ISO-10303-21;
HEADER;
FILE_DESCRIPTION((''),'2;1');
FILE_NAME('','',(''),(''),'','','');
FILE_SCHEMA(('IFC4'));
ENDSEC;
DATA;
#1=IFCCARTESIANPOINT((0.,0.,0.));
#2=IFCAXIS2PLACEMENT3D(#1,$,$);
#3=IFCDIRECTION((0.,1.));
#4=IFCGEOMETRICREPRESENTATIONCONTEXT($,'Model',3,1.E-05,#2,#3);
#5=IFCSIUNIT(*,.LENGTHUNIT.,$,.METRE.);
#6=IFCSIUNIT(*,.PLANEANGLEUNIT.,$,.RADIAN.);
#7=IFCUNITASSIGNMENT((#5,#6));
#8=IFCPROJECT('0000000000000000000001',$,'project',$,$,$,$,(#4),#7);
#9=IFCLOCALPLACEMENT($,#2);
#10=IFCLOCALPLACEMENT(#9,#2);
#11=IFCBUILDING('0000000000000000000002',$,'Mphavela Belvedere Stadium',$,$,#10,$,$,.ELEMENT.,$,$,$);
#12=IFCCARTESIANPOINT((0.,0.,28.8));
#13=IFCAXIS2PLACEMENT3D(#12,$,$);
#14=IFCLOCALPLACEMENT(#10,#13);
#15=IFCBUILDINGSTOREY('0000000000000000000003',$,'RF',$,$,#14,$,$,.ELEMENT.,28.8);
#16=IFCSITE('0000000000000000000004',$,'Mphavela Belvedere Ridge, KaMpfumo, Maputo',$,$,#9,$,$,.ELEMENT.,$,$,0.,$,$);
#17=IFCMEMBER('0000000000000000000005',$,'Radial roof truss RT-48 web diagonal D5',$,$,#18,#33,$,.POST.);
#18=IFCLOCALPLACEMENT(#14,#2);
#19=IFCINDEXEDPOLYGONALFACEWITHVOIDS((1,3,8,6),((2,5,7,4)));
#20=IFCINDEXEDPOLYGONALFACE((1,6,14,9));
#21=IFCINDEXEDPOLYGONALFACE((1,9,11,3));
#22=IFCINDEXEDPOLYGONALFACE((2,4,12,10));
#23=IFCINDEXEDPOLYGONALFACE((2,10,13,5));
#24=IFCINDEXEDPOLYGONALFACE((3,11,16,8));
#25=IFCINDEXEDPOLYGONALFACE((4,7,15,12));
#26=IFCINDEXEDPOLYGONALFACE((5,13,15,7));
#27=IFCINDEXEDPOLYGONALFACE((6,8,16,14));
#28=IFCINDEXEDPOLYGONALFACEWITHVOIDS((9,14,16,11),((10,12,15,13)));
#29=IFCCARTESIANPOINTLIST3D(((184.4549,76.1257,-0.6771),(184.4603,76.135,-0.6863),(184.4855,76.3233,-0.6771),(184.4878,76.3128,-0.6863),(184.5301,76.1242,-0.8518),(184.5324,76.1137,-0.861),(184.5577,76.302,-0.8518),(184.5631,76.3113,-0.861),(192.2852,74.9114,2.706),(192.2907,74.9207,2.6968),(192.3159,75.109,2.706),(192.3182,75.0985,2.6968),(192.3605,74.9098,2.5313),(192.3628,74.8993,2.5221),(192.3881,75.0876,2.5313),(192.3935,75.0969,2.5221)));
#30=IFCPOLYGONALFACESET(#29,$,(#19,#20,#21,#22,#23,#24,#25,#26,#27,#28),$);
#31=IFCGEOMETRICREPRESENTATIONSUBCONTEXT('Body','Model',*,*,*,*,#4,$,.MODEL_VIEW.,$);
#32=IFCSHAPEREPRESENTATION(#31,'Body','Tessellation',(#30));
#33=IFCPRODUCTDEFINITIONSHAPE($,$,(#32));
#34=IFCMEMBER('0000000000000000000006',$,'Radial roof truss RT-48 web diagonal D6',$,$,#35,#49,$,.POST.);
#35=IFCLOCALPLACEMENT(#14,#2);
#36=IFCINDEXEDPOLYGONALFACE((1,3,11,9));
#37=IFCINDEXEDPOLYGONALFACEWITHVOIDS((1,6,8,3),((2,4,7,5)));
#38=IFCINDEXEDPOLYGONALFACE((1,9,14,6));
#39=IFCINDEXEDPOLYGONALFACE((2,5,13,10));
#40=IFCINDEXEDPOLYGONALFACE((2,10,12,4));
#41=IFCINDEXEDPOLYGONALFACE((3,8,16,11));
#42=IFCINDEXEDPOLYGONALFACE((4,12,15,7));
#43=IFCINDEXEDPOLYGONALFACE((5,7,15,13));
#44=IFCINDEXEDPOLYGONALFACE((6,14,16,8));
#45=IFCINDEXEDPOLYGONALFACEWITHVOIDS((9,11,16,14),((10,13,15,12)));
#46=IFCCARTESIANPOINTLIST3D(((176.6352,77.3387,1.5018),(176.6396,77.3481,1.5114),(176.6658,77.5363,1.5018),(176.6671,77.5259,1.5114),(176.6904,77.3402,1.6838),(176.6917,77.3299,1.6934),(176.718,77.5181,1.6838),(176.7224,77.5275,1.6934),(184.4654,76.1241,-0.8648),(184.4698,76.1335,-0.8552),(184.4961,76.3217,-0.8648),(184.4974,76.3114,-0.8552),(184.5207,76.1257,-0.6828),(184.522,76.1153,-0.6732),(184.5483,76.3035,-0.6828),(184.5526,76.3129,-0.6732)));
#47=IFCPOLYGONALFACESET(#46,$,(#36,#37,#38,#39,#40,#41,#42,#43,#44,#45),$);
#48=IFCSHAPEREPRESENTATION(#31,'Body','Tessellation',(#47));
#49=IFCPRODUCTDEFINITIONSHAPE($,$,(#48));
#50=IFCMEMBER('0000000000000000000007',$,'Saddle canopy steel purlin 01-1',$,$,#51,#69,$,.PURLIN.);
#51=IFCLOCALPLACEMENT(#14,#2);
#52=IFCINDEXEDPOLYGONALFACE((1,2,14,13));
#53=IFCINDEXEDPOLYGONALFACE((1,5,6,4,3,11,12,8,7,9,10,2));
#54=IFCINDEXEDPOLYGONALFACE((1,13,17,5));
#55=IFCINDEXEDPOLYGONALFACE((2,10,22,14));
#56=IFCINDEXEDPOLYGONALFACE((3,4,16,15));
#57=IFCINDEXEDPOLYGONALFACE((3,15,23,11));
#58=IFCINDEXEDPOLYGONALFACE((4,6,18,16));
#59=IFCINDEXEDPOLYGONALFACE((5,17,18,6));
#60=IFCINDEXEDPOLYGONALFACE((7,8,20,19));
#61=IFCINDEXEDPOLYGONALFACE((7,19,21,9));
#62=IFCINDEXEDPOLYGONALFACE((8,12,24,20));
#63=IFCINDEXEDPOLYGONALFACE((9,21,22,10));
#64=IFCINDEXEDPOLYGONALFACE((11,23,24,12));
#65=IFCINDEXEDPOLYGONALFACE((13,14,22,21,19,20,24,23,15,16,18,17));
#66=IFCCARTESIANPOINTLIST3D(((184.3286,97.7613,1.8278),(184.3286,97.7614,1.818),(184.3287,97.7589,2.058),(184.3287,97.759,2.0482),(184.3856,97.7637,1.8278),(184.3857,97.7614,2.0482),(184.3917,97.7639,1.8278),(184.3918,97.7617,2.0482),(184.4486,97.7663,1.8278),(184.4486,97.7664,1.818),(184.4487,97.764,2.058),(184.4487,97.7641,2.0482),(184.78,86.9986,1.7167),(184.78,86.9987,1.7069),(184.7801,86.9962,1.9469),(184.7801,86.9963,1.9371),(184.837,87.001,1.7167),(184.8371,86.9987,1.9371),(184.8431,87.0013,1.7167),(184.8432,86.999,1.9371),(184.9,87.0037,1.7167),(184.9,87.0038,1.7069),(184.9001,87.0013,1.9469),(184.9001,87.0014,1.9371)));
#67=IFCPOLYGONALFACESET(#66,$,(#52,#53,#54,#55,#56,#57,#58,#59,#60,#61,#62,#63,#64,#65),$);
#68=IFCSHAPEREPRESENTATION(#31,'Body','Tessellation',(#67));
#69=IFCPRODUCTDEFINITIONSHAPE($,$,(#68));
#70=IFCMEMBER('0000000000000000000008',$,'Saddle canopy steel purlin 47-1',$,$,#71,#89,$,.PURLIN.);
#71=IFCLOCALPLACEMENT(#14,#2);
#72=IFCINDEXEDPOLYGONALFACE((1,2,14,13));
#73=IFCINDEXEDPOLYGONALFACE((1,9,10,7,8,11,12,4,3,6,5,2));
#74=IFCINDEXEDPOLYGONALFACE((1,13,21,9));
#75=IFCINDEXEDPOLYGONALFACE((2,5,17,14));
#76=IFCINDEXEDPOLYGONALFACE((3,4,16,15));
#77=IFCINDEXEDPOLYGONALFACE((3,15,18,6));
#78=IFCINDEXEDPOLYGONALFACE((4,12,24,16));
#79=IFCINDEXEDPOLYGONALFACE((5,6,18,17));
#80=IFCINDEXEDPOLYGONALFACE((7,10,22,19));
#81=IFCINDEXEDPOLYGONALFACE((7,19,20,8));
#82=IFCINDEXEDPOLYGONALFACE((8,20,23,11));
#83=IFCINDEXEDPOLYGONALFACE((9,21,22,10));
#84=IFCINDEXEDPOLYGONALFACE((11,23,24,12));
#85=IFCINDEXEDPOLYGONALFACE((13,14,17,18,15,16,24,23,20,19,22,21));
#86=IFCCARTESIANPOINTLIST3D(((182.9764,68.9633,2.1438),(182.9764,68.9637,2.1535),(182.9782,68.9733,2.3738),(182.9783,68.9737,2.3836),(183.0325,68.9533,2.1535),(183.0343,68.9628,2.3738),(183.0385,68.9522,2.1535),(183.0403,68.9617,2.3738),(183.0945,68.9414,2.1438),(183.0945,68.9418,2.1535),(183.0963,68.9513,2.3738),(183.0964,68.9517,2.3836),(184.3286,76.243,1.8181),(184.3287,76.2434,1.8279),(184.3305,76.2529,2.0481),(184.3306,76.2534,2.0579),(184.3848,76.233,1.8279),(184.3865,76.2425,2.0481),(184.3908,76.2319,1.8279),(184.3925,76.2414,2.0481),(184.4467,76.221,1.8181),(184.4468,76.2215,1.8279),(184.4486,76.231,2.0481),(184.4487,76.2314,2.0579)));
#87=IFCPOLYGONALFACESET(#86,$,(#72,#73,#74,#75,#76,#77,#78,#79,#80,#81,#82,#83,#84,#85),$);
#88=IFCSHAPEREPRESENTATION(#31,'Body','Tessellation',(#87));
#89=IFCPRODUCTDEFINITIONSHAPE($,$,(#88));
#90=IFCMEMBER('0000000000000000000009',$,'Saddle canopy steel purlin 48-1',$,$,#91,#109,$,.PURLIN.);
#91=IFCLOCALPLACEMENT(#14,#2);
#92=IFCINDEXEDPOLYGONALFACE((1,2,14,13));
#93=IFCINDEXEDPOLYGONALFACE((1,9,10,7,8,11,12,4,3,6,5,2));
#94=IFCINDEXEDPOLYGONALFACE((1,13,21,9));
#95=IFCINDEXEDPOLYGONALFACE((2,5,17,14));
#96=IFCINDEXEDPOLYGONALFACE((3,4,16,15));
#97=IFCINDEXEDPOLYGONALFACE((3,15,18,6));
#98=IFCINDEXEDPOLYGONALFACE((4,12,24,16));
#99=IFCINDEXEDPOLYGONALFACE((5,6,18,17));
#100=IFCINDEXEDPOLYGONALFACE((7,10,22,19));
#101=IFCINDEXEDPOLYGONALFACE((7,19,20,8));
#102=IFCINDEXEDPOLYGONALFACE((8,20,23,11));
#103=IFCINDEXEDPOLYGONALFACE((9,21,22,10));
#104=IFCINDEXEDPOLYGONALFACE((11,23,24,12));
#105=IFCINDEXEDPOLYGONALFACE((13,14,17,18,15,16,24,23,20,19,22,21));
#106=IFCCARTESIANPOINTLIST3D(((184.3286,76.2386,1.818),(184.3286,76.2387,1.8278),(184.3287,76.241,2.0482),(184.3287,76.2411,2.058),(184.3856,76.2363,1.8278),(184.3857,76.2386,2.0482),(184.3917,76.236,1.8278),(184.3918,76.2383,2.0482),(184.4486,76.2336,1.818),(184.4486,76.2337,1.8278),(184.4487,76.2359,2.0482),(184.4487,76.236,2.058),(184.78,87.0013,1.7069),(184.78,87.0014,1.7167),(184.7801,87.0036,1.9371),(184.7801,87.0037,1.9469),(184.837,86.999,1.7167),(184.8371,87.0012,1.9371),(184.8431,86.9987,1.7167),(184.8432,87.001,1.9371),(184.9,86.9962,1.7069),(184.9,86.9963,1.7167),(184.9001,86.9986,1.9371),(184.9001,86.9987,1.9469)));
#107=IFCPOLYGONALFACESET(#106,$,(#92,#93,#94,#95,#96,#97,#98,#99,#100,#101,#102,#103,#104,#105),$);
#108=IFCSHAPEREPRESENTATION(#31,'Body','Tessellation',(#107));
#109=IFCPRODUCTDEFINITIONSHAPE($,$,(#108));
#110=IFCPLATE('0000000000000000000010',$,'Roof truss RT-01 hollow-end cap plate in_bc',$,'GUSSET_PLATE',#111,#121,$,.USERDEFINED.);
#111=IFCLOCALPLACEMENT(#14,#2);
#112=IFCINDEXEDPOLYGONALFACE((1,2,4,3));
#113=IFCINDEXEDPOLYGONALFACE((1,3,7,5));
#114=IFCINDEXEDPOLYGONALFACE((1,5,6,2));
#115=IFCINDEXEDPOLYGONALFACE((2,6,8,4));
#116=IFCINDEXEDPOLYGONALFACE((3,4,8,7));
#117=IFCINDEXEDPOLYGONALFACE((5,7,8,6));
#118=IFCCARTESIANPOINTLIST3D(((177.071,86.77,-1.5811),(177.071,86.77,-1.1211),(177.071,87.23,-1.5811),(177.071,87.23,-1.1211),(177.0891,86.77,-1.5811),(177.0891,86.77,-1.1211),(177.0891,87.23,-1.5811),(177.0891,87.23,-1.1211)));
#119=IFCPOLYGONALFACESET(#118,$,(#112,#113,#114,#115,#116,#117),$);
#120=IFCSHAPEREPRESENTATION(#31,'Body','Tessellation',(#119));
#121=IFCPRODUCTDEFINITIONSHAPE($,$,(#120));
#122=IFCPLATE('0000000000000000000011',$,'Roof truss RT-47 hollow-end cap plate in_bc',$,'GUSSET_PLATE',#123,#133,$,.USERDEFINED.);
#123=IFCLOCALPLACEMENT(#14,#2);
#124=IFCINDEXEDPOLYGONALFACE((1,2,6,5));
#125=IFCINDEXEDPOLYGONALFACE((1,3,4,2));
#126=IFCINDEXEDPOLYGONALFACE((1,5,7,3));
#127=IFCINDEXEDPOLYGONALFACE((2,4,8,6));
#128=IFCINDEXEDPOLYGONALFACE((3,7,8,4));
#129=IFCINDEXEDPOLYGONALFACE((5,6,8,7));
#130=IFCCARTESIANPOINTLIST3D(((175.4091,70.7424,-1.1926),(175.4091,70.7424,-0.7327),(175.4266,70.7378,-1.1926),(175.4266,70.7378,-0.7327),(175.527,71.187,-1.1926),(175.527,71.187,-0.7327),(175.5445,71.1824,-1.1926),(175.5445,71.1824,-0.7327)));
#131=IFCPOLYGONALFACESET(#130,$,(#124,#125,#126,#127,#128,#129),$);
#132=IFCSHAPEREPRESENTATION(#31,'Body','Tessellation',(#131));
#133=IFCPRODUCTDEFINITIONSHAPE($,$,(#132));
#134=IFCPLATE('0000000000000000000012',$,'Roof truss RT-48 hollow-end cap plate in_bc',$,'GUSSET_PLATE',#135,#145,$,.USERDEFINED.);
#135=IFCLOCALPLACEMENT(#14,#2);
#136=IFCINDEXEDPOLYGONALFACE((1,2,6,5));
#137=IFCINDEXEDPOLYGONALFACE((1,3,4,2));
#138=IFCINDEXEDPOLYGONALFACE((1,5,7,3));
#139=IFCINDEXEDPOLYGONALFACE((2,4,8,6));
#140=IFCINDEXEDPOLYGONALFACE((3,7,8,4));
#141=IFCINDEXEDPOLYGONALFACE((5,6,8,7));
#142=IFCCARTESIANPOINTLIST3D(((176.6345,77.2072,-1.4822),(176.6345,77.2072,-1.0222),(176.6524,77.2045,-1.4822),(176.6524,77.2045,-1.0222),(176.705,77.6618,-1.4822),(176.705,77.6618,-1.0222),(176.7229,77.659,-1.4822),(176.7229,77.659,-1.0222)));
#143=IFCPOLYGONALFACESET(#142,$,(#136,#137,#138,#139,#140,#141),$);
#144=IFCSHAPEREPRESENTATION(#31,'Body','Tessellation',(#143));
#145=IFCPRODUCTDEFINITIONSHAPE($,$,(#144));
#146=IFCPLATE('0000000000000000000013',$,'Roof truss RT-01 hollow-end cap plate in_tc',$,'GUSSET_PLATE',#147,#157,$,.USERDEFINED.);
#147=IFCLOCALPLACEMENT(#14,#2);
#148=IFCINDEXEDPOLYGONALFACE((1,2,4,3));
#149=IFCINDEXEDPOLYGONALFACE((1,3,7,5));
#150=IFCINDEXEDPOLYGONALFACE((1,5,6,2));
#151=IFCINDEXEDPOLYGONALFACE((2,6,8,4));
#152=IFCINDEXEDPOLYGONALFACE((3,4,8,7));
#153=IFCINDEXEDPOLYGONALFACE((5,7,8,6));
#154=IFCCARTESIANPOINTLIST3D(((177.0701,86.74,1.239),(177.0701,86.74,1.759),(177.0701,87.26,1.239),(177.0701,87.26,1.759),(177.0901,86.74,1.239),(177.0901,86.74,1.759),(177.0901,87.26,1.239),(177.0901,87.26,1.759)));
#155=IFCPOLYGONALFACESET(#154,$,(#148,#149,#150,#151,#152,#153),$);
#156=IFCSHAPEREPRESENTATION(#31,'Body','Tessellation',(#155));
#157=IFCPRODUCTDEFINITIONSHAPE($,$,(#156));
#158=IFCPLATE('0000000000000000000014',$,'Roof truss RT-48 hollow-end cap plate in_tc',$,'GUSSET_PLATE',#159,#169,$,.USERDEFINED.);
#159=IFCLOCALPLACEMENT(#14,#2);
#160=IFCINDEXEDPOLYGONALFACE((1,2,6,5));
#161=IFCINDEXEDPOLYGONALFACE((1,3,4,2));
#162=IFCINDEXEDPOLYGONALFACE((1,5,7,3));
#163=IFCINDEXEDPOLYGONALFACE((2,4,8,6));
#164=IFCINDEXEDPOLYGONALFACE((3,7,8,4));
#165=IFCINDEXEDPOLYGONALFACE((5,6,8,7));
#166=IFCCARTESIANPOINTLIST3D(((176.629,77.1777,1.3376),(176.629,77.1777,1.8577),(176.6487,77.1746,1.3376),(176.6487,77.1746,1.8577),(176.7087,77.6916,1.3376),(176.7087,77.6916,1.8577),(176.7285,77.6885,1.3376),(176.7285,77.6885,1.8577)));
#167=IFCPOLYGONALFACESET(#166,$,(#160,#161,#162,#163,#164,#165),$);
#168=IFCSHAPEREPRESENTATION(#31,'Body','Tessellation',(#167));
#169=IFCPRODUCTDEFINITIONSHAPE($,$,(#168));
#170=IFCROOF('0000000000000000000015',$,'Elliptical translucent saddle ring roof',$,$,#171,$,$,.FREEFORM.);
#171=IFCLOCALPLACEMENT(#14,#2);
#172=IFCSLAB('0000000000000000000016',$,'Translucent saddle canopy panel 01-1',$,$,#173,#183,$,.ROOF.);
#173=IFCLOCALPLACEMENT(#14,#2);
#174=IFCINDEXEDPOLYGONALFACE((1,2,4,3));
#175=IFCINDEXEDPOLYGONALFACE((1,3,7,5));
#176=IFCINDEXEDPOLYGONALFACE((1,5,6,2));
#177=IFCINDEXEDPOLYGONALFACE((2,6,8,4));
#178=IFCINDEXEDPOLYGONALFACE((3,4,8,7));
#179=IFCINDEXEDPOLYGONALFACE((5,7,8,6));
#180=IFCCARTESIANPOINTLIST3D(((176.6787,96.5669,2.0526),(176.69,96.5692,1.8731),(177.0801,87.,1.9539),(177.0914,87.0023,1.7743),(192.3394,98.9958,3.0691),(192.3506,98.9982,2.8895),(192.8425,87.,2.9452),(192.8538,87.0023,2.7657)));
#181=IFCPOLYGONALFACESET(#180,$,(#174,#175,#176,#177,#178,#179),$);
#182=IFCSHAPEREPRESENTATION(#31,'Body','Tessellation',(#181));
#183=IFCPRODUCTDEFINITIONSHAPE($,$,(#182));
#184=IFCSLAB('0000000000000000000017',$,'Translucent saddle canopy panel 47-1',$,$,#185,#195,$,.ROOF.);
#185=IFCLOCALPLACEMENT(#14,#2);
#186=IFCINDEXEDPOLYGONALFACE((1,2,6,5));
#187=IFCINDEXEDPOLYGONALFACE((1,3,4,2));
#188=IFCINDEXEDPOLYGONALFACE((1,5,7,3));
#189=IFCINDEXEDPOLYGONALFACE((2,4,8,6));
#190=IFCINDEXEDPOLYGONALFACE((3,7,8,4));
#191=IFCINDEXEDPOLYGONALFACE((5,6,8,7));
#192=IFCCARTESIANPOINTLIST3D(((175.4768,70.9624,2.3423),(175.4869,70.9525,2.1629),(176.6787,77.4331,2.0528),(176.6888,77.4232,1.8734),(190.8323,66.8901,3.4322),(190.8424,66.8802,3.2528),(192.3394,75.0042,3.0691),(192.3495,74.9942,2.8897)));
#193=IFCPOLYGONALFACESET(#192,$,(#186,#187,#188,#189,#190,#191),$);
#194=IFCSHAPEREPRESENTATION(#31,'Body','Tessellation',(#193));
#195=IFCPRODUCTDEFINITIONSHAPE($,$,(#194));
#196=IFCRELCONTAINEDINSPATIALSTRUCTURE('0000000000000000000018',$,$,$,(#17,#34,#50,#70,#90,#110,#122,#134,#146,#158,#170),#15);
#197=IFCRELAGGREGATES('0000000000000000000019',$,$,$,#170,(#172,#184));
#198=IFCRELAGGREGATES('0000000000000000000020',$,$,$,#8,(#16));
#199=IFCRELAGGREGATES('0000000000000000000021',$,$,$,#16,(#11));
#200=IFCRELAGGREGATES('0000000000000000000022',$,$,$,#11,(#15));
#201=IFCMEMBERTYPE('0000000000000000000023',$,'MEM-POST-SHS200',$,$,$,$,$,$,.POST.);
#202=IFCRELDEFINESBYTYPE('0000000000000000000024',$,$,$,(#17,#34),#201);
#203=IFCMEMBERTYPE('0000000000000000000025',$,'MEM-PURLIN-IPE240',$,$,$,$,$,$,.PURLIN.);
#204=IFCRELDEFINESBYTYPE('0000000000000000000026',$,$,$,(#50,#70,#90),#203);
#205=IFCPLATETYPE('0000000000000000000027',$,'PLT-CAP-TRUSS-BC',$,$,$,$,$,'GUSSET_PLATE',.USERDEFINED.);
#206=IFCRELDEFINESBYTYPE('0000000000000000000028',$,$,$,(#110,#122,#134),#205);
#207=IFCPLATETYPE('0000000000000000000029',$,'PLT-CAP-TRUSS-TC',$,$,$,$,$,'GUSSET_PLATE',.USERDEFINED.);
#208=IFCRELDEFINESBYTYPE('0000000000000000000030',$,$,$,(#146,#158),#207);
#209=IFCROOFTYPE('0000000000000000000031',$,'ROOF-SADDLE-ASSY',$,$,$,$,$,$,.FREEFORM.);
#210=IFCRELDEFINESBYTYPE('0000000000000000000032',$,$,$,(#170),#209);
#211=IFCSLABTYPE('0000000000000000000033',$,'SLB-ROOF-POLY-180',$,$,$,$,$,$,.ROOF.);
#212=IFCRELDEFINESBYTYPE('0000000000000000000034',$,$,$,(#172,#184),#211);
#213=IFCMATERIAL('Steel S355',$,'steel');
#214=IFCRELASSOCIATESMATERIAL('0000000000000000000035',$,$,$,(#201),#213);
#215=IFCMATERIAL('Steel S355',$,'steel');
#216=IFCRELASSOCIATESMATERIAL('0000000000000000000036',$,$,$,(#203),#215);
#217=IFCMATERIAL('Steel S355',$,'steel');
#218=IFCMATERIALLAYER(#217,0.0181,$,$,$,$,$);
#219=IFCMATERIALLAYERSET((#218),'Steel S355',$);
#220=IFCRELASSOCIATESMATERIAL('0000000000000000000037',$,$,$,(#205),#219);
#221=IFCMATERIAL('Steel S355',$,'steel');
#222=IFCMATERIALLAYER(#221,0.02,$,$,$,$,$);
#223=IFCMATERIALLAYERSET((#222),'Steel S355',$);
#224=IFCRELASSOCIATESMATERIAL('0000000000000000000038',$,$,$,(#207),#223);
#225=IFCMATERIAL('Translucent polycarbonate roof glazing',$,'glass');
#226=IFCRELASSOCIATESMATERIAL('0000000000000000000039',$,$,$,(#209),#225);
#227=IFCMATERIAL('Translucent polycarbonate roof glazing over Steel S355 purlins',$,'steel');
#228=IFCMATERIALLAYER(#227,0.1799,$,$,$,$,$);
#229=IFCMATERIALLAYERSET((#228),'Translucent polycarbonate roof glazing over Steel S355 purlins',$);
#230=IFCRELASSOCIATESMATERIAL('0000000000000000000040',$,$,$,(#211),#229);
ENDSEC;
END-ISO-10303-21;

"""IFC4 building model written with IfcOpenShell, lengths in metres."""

from ifc_helpers import new_model, si_unit, direction, frame, origin, origin_2d, place, context, subcontext, project, spatial, polyline, rectangle, hollow_rectangle, i_section, outline, extrude, material, layer, layer_set, material_profile, profile_set, type_object, element, aggregate, save


model = new_model("IFC4")

# Units and contexts
model_context = context("Model", 3, precision=1e-05, world=origin(), true_north=direction((0.0, 1.0)))
body_context = subcontext(model_context, "Body", "Model", "MODEL_VIEW")
ifc_project = project(units=[si_unit("LENGTHUNIT", "METRE"), si_unit("PLANEANGLEUNIT", "RADIAN")], contexts=[model_context])

# Site, building, storey
site_placement = place(None, origin())
site = spatial("IfcSite", under=ifc_project, at=site_placement, Name="Mphavela Belvedere Ridge, KaMpfumo, Maputo", CompositionType="ELEMENT", RefElevation=0.0)
building_placement = place(site_placement, origin())
building = spatial("IfcBuilding", under=site, at=building_placement, Name="Mphavela Belvedere Stadium", CompositionType="ELEMENT")
storey_placement = place(building_placement, frame((0.0, 0.0, 28.8)))
storey = spatial("IfcBuildingStorey", under=building, at=storey_placement, Name="RF", CompositionType="ELEMENT", Elevation=28.8)

# Members
ifc_material_1 = material(Name="Steel S355", Category="steel")
ifc_material_profile_1 = material_profile(ifc_material_1, hollow_rectangle(XDim=0.2, YDim=0.2, WallThickness=0.01, at=origin_2d()), Name="SHS 200x200x10")
ifc_profile_set_1 = profile_set([ifc_material_profile_1], Name="Steel S355")
member_type_1 = type_object("IfcMemberType", Name="MEM-POST-SHS200", PredefinedType="POST", material=ifc_profile_set_1)
member_1_placement = place(storey_placement, frame((192.3394, 75.0042, 2.614), z_axis=(-0.908823, 0.140944, -0.392653), x_axis=(-0.153252, -0.988187, 0.0)))
element("IfcMember", 1, at=member_1_placement, inside=storey, type_object=member_type_1, Name="Radial roof truss RT-48 web diagonal D5", PredefinedType="POST", context=body_context, shape_type="SweptSolid", body=[
    extrude(hollow_rectangle(XDim=0.2, YDim=0.2, WallThickness=0.01, at=origin_2d()), origin(), (0.0, 0.0, 1.0), 8.616),
])
member_2_placement = place(storey_placement, frame((184.509, 76.2185, -0.769), z_axis=(-0.946851, 0.146871, 0.286184), x_axis=(-0.153282, -0.988183, 0.0)))
element("IfcMember", 2, at=member_2_placement, inside=storey, type_object=member_type_1, Name="Radial roof truss RT-48 web diagonal D6", PredefinedType="POST", context=body_context, shape_type="SweptSolid", body=[
    extrude(hollow_rectangle(XDim=0.2, YDim=0.2, WallThickness=0.01, at=origin_2d()), origin(), (0.0, 0.0, 1.0), 8.2698),
])
ifc_material_2 = material(Name="Steel S355", Category="steel")
ifc_material_profile_2 = material_profile(ifc_material_2, i_section(OverallWidth=0.1201, OverallDepth=0.24, WebThickness=0.0061, FlangeThickness=0.0098, at=origin_2d()), Name="IPE 240")
ifc_profile_set_2 = profile_set([ifc_material_profile_2], Name="Steel S355")
member_type_2 = type_object("IfcMemberType", Name="MEM-PURLIN-IPE240", PredefinedType="PURLIN", material=ifc_profile_set_2)
member_3_placement = place(storey_placement, frame((184.8401, 87.0, 1.8269), z_axis=(-0.041904, 0.999068, 0.010312), x_axis=(-0.999122, -0.041906, 0.0)))
element("IfcMember", 3, at=member_3_placement, inside=storey, type_object=member_type_2, Name="Saddle canopy steel purlin 01-1", PredefinedType="PURLIN", context=body_context, shape_type="SweptSolid", body=[
    extrude(i_section(OverallWidth=0.1201, OverallDepth=0.24, WebThickness=0.0061, FlangeThickness=0.0098, at=origin_2d()), origin(), (0.0, 0.0, 1.0), 10.7727),
])
member_4_placement = place(storey_placement, frame((183.0364, 68.9575, 2.2637), z_axis=(0.182459, 0.982231, -0.043943), x_axis=(-0.983181, 0.182636, 0.0)))
element("IfcMember", 4, at=member_4_placement, inside=storey, type_object=member_type_2, Name="Saddle canopy steel purlin 47-1", PredefinedType="PURLIN", context=body_context, shape_type="SweptSolid", body=[
    extrude(i_section(OverallWidth=0.1201, OverallDepth=0.24, WebThickness=0.0061, FlangeThickness=0.0098, at=origin_2d()), origin(), (0.0, 0.0, 1.0), 7.4114),
])
member_5_placement = place(storey_placement, frame((184.3887, 76.2373, 1.938), z_axis=(0.041904, 0.999068, -0.010312), x_axis=(-0.999122, 0.041906, 0.0)))
element("IfcMember", 5, at=member_5_placement, inside=storey, type_object=member_type_2, Name="Saddle canopy steel purlin 48-1", PredefinedType="PURLIN", context=body_context, shape_type="SweptSolid", body=[
    extrude(i_section(OverallWidth=0.1201, OverallDepth=0.24, WebThickness=0.0061, FlangeThickness=0.0098, at=origin_2d()), origin(), (0.0, 0.0, 1.0), 10.7727),
])

# Plates
ifc_material_3 = material(Name="Steel S355", Category="steel")
ifc_layer_1 = layer(ifc_material_3, 0.0181)
ifc_layer_set_1 = layer_set([ifc_layer_1], Name="Steel S355")
plate_type_1 = type_object("IfcPlateType", Name="PLT-CAP-TRUSS-BC", ElementType="GUSSET_PLATE", PredefinedType="USERDEFINED", material=ifc_layer_set_1)
for number, where, z_axis, x_axis, name in (
    (6, (177.0801, 87.0, -1.5811), (0.0, 0.0, 1.0), (1.0, 0.0, 0.0), "Roof truss RT-01 hollow-end cap plate in_bc"),
    (7, (175.4768, 70.9624, -1.1926), (0.0, 0.0, 1.0), (0.9666, -0.256289, 0.0), "Roof truss RT-47 hollow-end cap plate in_bc"),
    (8, (176.6787, 77.4331, -1.4822), (0.0, 0.0, 1.0), (0.988175, -0.153331, 0.0), "Roof truss RT-48 hollow-end cap plate in_bc"),
):
    element("IfcPlate", number, at=place(storey_placement, frame(where, z_axis=z_axis, x_axis=x_axis)), inside=storey, type_object=plate_type_1, Name=name, ObjectType="GUSSET_PLATE", PredefinedType="USERDEFINED", context=body_context, shape_type="SweptSolid", body=[
        extrude(rectangle(XDim=0.0181, YDim=0.46, at=origin_2d()), origin(), (0.0, 0.0, 1.0), 0.46),
    ])
ifc_material_4 = material(Name="Steel S355", Category="steel")
ifc_layer_2 = layer(ifc_material_4, 0.02)
ifc_layer_set_2 = layer_set([ifc_layer_2], Name="Steel S355")
plate_type_2 = type_object("IfcPlateType", Name="PLT-CAP-TRUSS-TC", ElementType="GUSSET_PLATE", PredefinedType="USERDEFINED", material=ifc_layer_set_2)
for number, where, z_axis, x_axis, name in (
    (9, (177.0801, 87.0, 1.239), (0.0, 0.0, 1.0), (1.0, 0.0, 0.0), "Roof truss RT-01 hollow-end cap plate in_tc"),
    (10, (176.6787, 77.4331, 1.3376), (0.0, 0.0, 1.0), (0.988175, -0.153331, 0.0), "Roof truss RT-48 hollow-end cap plate in_tc"),
):
    element("IfcPlate", number, at=place(storey_placement, frame(where, z_axis=z_axis, x_axis=x_axis)), inside=storey, type_object=plate_type_2, Name=name, ObjectType="GUSSET_PLATE", PredefinedType="USERDEFINED", context=body_context, shape_type="SweptSolid", body=[
        extrude(rectangle(XDim=0.02, YDim=0.52, at=origin_2d()), origin(), (0.0, 0.0, 1.0), 0.52),
    ])

# Roof, slabs
ifc_material_5 = material(Name="Translucent polycarbonate roof glazing", Category="glass")
roof_type = type_object("IfcRoofType", Name="ROOF-SADDLE-ASSY", PredefinedType="FREEFORM", material=ifc_material_5)
roof_placement = place(storey_placement, origin())
roof = element("IfcRoof", 11, at=roof_placement, inside=storey, type_object=roof_type, Name="Elliptical translucent saddle ring roof", PredefinedType="FREEFORM")
ifc_material_6 = material(Name="Translucent polycarbonate roof glazing over Steel S355 purlins", Category="steel")
ifc_layer_3 = layer(ifc_material_6, 0.1799)
ifc_layer_set_3 = layer_set([ifc_layer_3], Name="Translucent polycarbonate roof glazing over Steel S355 purlins")
slab_type = type_object("IfcSlabType", Name="SLB-ROOF-POLY-180", PredefinedType="ROOF", material=ifc_layer_set_3)
slab_1_placement = place(storey_placement, frame((177.0801, 87.0, 1.9539), z_axis=(-0.062765, -0.012938, 0.997944), x_axis=(-0.041914, 0.999068, 0.010316)))
slab_1 = element("IfcSlab", 12, at=slab_1_placement, type_object=slab_type, Name="Translucent saddle canopy panel 01-1", PredefinedType="ROOF", context=body_context, shape_type="SweptSolid", body=[
    extrude(outline(polyline([(0.0, 0.0), (9.5758, 0.0), (11.3566, -15.7803), (-0.6504, -15.7802), (0.0, 0.0)])), origin(), (0.0, 0.0, -1.0), 0.1799),
])
slab_2_placement = place(storey_placement, frame((175.4768, 70.9624, 2.3423), z_axis=(-0.05616, 0.055037, 0.996904), x_axis=(0.182445, 0.982233, -0.043949)))
slab_2 = element("IfcSlab", 13, at=slab_2_placement, type_object=slab_type, Name="Translucent saddle canopy panel 47-1", PredefinedType="ROOF", context=body_context, shape_type="SweptSolid", body=[
    extrude(outline(polyline([(0.0, 0.0), (6.5877, 0.0), (7.0145, -15.8747), (-1.2463, -15.8748), (0.0, 0.0)])), origin(), (0.0, 0.0, -1.0), 0.1799),
])
aggregate(roof, [slab_1, slab_2])

save(model, "model.ifc")
